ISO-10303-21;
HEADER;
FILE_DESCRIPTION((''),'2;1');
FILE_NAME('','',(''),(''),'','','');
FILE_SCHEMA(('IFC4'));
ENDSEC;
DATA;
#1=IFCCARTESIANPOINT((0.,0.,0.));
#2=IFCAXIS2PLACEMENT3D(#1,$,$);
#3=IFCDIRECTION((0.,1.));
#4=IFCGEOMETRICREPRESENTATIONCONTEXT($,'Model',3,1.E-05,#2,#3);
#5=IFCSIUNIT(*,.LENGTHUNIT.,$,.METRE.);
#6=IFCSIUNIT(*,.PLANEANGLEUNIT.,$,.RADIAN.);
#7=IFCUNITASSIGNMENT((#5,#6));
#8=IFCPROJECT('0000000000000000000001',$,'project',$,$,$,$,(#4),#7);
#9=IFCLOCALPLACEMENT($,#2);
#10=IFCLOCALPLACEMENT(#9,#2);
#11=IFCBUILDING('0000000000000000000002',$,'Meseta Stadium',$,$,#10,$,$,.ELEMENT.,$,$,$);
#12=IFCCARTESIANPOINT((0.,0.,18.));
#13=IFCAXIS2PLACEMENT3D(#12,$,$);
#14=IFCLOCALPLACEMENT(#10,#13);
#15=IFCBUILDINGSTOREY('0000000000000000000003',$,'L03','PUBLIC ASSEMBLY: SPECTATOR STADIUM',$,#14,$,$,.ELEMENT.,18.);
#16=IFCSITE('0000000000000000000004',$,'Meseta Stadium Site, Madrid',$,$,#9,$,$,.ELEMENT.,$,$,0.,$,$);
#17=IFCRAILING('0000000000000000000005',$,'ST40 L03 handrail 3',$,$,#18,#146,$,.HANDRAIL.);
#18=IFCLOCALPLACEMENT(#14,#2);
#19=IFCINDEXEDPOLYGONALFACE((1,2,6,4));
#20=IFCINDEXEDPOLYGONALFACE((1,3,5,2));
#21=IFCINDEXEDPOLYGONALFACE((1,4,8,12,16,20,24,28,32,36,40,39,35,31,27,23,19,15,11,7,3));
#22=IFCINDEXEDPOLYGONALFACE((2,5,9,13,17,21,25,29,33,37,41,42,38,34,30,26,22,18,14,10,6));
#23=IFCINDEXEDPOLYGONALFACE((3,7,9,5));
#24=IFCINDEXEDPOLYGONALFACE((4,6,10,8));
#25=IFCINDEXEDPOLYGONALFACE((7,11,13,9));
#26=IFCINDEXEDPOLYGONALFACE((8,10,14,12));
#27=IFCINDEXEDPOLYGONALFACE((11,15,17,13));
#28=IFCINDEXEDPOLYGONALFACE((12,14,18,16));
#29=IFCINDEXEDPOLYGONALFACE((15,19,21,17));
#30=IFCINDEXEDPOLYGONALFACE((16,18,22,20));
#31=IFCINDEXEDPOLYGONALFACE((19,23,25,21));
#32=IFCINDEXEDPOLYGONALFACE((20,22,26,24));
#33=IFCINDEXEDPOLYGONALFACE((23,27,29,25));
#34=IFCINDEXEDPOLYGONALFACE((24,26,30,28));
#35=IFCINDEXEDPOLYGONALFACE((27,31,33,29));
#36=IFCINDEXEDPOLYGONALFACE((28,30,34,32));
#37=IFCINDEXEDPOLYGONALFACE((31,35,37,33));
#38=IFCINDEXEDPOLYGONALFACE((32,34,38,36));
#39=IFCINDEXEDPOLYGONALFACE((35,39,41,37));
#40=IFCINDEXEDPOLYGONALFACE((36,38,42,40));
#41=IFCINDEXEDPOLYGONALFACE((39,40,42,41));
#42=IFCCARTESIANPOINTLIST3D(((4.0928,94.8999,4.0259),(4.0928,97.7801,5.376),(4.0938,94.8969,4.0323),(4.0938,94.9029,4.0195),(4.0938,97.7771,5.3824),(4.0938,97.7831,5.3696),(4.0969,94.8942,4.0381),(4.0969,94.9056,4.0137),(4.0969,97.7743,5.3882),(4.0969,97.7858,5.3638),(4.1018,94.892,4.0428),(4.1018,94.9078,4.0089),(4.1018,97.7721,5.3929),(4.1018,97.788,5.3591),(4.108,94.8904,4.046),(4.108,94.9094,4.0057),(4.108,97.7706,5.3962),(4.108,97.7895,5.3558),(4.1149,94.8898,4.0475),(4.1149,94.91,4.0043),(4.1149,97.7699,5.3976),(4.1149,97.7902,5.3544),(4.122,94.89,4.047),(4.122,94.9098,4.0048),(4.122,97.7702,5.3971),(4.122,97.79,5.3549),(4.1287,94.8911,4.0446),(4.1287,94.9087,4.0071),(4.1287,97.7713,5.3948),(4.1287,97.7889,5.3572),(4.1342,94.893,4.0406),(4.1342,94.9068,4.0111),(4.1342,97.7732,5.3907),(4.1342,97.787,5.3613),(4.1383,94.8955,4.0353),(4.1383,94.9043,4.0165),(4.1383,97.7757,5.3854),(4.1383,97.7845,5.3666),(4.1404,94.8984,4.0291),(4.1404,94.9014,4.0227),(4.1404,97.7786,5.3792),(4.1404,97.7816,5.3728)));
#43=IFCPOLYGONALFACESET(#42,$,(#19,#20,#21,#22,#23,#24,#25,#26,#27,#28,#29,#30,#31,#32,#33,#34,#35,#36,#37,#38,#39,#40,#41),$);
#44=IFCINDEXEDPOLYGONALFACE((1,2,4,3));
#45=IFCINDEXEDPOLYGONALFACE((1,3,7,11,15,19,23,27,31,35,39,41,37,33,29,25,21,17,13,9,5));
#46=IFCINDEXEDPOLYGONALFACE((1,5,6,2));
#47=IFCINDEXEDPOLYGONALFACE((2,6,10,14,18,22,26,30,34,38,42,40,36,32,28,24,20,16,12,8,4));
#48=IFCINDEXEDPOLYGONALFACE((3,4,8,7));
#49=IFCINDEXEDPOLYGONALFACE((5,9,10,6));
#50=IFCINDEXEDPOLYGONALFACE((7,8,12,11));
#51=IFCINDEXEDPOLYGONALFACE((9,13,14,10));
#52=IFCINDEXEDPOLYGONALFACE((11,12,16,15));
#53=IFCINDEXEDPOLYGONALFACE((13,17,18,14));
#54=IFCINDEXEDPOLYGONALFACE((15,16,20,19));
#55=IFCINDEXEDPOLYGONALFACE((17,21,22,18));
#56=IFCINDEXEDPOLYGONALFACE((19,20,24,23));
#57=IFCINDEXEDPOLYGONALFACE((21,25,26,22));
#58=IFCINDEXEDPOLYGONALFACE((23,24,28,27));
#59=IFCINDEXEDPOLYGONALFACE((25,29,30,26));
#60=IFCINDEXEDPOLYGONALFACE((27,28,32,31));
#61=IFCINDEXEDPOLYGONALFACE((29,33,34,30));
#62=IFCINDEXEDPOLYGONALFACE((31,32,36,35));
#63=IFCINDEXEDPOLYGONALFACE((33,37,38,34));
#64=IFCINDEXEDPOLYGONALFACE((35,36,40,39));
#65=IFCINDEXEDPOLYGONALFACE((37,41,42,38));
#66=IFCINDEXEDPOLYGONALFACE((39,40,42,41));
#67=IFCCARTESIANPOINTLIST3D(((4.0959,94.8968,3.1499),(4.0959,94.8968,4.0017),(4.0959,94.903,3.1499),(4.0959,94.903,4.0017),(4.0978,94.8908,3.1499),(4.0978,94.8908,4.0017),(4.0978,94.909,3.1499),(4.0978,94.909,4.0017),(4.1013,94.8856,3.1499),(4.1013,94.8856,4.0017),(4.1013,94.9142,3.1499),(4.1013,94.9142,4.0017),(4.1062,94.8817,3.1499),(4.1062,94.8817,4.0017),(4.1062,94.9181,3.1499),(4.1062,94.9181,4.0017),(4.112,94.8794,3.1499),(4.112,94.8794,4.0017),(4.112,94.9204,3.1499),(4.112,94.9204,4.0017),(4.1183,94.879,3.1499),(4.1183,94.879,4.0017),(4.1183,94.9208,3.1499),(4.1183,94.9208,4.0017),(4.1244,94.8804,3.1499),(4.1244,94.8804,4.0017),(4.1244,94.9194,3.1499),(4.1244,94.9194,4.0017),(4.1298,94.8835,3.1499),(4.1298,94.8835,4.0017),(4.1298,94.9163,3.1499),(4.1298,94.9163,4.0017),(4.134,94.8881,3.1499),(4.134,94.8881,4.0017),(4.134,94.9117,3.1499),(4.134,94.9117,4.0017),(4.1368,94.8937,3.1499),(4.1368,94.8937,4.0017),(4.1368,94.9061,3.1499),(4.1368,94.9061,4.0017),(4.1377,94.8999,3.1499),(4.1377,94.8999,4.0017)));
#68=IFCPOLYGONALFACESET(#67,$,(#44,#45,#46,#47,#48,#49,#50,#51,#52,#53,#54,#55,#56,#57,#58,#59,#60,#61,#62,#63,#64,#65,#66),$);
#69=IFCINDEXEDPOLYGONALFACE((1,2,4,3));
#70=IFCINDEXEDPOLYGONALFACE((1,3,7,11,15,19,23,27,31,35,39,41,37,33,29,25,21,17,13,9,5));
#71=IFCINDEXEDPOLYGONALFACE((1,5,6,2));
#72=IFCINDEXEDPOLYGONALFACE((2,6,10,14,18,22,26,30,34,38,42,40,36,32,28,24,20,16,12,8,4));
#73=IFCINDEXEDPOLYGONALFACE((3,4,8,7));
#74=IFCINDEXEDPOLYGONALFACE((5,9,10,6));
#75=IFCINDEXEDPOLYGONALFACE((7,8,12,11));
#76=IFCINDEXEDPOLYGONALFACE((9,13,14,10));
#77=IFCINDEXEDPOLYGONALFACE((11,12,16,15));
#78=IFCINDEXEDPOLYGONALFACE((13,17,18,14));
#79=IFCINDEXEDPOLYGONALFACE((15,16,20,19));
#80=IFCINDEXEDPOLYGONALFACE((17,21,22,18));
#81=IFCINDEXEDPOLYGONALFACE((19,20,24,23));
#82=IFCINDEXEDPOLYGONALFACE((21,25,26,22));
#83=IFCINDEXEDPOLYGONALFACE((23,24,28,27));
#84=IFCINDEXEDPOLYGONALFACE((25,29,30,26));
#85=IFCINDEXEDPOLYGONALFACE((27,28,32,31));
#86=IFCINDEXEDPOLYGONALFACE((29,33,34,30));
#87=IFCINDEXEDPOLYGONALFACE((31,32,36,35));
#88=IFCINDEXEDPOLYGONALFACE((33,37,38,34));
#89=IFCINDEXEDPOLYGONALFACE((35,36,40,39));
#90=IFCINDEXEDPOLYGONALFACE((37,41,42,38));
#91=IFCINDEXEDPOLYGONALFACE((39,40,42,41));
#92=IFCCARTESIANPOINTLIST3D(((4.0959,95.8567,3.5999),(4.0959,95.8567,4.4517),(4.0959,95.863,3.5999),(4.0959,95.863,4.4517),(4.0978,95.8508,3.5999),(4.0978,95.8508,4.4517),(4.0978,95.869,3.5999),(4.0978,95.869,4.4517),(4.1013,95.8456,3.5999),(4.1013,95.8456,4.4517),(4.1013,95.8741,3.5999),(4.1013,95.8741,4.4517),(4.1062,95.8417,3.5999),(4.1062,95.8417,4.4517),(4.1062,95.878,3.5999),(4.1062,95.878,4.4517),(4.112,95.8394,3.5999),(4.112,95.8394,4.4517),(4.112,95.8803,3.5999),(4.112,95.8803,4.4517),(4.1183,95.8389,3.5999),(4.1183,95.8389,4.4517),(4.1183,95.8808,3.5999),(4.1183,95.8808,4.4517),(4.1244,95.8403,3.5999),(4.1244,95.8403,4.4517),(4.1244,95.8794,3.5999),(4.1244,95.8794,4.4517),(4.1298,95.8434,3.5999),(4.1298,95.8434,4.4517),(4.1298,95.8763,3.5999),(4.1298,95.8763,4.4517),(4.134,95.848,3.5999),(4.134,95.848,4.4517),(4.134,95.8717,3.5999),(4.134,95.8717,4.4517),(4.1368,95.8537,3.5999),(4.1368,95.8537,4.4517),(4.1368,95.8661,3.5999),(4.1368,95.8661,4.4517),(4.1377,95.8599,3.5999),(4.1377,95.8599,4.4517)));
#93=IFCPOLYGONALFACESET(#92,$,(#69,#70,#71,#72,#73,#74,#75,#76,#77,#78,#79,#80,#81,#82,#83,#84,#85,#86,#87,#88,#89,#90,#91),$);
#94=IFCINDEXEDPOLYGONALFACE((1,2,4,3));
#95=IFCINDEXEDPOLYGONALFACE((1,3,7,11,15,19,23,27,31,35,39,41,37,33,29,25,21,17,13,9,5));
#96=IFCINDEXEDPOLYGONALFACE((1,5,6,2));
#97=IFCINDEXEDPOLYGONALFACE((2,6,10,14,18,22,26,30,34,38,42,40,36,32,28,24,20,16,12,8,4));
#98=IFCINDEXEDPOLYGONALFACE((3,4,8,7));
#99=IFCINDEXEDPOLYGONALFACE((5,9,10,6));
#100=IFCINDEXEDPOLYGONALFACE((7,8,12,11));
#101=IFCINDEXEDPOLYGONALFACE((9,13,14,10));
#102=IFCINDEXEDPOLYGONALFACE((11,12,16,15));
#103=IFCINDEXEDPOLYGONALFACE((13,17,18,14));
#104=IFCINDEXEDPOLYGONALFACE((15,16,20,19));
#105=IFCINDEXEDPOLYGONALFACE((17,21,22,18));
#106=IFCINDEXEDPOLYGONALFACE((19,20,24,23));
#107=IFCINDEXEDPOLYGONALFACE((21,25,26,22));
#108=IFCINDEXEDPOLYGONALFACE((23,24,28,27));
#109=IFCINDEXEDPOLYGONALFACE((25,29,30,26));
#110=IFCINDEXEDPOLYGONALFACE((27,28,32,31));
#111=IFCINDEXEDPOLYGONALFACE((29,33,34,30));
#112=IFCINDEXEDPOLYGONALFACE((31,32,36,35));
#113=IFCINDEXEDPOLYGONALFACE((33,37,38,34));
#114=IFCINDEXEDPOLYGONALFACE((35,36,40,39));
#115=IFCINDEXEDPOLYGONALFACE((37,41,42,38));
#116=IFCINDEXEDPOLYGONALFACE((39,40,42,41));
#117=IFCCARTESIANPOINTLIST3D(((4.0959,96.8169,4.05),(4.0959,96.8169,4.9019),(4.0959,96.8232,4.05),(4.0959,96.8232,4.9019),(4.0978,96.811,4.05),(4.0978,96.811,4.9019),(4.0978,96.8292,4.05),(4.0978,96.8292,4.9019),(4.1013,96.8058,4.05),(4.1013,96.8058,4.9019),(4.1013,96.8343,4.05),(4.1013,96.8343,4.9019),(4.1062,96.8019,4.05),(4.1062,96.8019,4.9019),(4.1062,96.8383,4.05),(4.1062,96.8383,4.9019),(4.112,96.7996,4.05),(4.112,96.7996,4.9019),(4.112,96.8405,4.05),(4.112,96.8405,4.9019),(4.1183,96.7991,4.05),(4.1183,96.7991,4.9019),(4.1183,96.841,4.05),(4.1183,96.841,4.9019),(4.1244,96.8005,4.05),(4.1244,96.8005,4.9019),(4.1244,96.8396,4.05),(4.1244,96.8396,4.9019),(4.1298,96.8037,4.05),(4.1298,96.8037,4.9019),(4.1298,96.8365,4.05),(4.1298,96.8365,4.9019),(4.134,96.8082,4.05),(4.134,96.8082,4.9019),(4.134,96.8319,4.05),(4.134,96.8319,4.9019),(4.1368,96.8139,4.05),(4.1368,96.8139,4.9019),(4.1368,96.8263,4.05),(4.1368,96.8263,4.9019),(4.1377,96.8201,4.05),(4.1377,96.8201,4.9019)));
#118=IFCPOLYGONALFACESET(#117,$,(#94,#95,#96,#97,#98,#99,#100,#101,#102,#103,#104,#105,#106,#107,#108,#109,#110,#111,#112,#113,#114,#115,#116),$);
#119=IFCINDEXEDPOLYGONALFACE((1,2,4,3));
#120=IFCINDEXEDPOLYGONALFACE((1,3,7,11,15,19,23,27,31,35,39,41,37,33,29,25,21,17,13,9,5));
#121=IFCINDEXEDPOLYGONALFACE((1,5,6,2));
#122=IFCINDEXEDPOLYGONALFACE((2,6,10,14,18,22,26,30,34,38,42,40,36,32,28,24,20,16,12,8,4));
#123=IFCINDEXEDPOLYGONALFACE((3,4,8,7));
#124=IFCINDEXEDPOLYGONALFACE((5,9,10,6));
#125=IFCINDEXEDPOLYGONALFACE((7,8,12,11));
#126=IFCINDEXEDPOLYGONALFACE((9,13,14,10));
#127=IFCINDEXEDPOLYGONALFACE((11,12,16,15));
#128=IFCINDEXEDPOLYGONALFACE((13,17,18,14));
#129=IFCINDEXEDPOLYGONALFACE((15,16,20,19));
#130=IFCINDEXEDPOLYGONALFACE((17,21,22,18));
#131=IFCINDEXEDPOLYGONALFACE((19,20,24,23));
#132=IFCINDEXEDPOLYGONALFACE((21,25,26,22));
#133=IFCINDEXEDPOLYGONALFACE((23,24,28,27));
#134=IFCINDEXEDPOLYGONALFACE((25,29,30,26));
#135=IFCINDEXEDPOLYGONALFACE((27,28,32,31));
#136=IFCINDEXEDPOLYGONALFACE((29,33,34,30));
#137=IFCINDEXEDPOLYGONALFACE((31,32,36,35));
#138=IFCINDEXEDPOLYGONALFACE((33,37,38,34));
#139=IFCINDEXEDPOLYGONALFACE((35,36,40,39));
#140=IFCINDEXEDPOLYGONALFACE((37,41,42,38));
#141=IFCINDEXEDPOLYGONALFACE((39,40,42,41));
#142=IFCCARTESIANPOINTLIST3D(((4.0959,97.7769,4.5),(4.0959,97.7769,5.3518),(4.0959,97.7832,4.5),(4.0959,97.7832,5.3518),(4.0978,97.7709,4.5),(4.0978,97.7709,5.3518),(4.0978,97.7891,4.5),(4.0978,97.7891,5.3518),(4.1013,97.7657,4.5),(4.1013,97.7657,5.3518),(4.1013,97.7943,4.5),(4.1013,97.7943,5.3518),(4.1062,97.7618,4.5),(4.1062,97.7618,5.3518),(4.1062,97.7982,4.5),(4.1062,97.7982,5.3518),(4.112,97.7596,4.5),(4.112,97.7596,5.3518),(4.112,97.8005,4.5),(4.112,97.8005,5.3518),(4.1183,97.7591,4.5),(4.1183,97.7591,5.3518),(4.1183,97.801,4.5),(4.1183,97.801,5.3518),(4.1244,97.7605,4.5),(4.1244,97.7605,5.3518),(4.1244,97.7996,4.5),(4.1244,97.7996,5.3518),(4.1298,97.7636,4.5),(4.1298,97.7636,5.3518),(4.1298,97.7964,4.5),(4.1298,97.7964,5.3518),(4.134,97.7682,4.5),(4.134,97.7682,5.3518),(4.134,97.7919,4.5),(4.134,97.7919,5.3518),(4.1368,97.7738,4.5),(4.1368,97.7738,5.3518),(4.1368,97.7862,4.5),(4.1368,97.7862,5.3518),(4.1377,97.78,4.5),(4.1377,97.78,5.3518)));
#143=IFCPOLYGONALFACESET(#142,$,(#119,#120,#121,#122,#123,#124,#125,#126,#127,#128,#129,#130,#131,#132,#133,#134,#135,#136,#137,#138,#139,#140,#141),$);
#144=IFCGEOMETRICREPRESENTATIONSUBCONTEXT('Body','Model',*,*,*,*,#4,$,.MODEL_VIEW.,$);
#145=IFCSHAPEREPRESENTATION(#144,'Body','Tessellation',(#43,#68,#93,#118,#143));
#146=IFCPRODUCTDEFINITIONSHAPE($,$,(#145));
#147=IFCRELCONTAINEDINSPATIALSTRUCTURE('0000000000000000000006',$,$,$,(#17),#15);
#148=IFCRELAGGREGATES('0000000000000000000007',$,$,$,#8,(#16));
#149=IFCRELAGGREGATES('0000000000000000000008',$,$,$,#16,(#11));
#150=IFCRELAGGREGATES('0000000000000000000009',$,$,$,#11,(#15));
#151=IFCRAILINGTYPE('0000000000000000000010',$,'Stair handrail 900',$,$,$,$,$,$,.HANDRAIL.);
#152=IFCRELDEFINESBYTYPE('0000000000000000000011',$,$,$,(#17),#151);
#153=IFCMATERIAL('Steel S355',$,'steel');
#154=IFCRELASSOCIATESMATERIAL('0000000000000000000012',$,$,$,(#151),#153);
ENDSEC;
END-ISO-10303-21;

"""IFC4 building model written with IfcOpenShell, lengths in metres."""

from ifc_helpers import new_model, si_unit, direction, frame, origin, origin_2d, place, context, subcontext, project, spatial, circle, extrude, material, type_object, element, save


model = new_model("IFC4")

# Units and contexts
model_context = context("Model", 3, precision=1e-05, world=origin(), true_north=direction((0.0, 1.0)))
body_context = subcontext(model_context, "Body", "Model", "MODEL_VIEW")
ifc_project = project(units=[si_unit("LENGTHUNIT", "METRE"), si_unit("PLANEANGLEUNIT", "RADIAN")], contexts=[model_context])

# Site, building, storey
site_placement = place(None, origin())
site = spatial("IfcSite", under=ifc_project, at=site_placement, Name="Meseta Stadium Site, Madrid", CompositionType="ELEMENT", RefElevation=0.0)
building_placement = place(site_placement, origin())
building = spatial("IfcBuilding", under=site, at=building_placement, Name="Meseta Stadium", CompositionType="ELEMENT")
storey_placement = place(building_placement, frame((0.0, 0.0, 18.0)))
storey = spatial("IfcBuildingStorey", under=building, at=storey_placement, Name="L03", Description="PUBLIC ASSEMBLY: SPECTATOR STADIUM", CompositionType="ELEMENT", Elevation=18.0)

# Railing
ifc_material_1 = material(Name="Steel S355", Category="steel")
railing_type_1 = type_object("IfcRailingType", Name="Stair handrail 900", PredefinedType="HANDRAIL", material=ifc_material_1)
for number, where, name in (
    (1, (4.1167, 94.8999, 3.1499), "ST40 L03 handrail 3"),
):
    element("IfcRailing", number, at=place(storey_placement, frame(where)), inside=storey, type_object=railing_type_1, Name=name, PredefinedType="HANDRAIL", context=body_context, shape_type="SweptSolid", body=[
        extrude(circle(Radius=0.0239, at=origin_2d()), frame((0.0, 0.0, 0.876), z_axis=(0.0, 0.905454, 0.424444), x_axis=(-1.0, 0.0, 0.0)), (0.0, 0.0, 1.0), 3.1809),
        extrude(circle(Radius=0.021, at=origin_2d()), origin(), (0.0, 0.0, 1.0), 0.8518),
        extrude(circle(Radius=0.021, at=origin_2d()), frame((0.0, 0.96, 0.45)), (0.0, 0.0, 1.0), 0.8518),
        extrude(circle(Radius=0.021, at=origin_2d()), frame((0.0, 1.9202, 0.9001)), (0.0, 0.0, 1.0), 0.8518),
        extrude(circle(Radius=0.021, at=origin_2d()), frame((0.0, 2.8801, 1.3501)), (0.0, 0.0, 1.0), 0.8518),
    ])

save(model, "model.ifc")
